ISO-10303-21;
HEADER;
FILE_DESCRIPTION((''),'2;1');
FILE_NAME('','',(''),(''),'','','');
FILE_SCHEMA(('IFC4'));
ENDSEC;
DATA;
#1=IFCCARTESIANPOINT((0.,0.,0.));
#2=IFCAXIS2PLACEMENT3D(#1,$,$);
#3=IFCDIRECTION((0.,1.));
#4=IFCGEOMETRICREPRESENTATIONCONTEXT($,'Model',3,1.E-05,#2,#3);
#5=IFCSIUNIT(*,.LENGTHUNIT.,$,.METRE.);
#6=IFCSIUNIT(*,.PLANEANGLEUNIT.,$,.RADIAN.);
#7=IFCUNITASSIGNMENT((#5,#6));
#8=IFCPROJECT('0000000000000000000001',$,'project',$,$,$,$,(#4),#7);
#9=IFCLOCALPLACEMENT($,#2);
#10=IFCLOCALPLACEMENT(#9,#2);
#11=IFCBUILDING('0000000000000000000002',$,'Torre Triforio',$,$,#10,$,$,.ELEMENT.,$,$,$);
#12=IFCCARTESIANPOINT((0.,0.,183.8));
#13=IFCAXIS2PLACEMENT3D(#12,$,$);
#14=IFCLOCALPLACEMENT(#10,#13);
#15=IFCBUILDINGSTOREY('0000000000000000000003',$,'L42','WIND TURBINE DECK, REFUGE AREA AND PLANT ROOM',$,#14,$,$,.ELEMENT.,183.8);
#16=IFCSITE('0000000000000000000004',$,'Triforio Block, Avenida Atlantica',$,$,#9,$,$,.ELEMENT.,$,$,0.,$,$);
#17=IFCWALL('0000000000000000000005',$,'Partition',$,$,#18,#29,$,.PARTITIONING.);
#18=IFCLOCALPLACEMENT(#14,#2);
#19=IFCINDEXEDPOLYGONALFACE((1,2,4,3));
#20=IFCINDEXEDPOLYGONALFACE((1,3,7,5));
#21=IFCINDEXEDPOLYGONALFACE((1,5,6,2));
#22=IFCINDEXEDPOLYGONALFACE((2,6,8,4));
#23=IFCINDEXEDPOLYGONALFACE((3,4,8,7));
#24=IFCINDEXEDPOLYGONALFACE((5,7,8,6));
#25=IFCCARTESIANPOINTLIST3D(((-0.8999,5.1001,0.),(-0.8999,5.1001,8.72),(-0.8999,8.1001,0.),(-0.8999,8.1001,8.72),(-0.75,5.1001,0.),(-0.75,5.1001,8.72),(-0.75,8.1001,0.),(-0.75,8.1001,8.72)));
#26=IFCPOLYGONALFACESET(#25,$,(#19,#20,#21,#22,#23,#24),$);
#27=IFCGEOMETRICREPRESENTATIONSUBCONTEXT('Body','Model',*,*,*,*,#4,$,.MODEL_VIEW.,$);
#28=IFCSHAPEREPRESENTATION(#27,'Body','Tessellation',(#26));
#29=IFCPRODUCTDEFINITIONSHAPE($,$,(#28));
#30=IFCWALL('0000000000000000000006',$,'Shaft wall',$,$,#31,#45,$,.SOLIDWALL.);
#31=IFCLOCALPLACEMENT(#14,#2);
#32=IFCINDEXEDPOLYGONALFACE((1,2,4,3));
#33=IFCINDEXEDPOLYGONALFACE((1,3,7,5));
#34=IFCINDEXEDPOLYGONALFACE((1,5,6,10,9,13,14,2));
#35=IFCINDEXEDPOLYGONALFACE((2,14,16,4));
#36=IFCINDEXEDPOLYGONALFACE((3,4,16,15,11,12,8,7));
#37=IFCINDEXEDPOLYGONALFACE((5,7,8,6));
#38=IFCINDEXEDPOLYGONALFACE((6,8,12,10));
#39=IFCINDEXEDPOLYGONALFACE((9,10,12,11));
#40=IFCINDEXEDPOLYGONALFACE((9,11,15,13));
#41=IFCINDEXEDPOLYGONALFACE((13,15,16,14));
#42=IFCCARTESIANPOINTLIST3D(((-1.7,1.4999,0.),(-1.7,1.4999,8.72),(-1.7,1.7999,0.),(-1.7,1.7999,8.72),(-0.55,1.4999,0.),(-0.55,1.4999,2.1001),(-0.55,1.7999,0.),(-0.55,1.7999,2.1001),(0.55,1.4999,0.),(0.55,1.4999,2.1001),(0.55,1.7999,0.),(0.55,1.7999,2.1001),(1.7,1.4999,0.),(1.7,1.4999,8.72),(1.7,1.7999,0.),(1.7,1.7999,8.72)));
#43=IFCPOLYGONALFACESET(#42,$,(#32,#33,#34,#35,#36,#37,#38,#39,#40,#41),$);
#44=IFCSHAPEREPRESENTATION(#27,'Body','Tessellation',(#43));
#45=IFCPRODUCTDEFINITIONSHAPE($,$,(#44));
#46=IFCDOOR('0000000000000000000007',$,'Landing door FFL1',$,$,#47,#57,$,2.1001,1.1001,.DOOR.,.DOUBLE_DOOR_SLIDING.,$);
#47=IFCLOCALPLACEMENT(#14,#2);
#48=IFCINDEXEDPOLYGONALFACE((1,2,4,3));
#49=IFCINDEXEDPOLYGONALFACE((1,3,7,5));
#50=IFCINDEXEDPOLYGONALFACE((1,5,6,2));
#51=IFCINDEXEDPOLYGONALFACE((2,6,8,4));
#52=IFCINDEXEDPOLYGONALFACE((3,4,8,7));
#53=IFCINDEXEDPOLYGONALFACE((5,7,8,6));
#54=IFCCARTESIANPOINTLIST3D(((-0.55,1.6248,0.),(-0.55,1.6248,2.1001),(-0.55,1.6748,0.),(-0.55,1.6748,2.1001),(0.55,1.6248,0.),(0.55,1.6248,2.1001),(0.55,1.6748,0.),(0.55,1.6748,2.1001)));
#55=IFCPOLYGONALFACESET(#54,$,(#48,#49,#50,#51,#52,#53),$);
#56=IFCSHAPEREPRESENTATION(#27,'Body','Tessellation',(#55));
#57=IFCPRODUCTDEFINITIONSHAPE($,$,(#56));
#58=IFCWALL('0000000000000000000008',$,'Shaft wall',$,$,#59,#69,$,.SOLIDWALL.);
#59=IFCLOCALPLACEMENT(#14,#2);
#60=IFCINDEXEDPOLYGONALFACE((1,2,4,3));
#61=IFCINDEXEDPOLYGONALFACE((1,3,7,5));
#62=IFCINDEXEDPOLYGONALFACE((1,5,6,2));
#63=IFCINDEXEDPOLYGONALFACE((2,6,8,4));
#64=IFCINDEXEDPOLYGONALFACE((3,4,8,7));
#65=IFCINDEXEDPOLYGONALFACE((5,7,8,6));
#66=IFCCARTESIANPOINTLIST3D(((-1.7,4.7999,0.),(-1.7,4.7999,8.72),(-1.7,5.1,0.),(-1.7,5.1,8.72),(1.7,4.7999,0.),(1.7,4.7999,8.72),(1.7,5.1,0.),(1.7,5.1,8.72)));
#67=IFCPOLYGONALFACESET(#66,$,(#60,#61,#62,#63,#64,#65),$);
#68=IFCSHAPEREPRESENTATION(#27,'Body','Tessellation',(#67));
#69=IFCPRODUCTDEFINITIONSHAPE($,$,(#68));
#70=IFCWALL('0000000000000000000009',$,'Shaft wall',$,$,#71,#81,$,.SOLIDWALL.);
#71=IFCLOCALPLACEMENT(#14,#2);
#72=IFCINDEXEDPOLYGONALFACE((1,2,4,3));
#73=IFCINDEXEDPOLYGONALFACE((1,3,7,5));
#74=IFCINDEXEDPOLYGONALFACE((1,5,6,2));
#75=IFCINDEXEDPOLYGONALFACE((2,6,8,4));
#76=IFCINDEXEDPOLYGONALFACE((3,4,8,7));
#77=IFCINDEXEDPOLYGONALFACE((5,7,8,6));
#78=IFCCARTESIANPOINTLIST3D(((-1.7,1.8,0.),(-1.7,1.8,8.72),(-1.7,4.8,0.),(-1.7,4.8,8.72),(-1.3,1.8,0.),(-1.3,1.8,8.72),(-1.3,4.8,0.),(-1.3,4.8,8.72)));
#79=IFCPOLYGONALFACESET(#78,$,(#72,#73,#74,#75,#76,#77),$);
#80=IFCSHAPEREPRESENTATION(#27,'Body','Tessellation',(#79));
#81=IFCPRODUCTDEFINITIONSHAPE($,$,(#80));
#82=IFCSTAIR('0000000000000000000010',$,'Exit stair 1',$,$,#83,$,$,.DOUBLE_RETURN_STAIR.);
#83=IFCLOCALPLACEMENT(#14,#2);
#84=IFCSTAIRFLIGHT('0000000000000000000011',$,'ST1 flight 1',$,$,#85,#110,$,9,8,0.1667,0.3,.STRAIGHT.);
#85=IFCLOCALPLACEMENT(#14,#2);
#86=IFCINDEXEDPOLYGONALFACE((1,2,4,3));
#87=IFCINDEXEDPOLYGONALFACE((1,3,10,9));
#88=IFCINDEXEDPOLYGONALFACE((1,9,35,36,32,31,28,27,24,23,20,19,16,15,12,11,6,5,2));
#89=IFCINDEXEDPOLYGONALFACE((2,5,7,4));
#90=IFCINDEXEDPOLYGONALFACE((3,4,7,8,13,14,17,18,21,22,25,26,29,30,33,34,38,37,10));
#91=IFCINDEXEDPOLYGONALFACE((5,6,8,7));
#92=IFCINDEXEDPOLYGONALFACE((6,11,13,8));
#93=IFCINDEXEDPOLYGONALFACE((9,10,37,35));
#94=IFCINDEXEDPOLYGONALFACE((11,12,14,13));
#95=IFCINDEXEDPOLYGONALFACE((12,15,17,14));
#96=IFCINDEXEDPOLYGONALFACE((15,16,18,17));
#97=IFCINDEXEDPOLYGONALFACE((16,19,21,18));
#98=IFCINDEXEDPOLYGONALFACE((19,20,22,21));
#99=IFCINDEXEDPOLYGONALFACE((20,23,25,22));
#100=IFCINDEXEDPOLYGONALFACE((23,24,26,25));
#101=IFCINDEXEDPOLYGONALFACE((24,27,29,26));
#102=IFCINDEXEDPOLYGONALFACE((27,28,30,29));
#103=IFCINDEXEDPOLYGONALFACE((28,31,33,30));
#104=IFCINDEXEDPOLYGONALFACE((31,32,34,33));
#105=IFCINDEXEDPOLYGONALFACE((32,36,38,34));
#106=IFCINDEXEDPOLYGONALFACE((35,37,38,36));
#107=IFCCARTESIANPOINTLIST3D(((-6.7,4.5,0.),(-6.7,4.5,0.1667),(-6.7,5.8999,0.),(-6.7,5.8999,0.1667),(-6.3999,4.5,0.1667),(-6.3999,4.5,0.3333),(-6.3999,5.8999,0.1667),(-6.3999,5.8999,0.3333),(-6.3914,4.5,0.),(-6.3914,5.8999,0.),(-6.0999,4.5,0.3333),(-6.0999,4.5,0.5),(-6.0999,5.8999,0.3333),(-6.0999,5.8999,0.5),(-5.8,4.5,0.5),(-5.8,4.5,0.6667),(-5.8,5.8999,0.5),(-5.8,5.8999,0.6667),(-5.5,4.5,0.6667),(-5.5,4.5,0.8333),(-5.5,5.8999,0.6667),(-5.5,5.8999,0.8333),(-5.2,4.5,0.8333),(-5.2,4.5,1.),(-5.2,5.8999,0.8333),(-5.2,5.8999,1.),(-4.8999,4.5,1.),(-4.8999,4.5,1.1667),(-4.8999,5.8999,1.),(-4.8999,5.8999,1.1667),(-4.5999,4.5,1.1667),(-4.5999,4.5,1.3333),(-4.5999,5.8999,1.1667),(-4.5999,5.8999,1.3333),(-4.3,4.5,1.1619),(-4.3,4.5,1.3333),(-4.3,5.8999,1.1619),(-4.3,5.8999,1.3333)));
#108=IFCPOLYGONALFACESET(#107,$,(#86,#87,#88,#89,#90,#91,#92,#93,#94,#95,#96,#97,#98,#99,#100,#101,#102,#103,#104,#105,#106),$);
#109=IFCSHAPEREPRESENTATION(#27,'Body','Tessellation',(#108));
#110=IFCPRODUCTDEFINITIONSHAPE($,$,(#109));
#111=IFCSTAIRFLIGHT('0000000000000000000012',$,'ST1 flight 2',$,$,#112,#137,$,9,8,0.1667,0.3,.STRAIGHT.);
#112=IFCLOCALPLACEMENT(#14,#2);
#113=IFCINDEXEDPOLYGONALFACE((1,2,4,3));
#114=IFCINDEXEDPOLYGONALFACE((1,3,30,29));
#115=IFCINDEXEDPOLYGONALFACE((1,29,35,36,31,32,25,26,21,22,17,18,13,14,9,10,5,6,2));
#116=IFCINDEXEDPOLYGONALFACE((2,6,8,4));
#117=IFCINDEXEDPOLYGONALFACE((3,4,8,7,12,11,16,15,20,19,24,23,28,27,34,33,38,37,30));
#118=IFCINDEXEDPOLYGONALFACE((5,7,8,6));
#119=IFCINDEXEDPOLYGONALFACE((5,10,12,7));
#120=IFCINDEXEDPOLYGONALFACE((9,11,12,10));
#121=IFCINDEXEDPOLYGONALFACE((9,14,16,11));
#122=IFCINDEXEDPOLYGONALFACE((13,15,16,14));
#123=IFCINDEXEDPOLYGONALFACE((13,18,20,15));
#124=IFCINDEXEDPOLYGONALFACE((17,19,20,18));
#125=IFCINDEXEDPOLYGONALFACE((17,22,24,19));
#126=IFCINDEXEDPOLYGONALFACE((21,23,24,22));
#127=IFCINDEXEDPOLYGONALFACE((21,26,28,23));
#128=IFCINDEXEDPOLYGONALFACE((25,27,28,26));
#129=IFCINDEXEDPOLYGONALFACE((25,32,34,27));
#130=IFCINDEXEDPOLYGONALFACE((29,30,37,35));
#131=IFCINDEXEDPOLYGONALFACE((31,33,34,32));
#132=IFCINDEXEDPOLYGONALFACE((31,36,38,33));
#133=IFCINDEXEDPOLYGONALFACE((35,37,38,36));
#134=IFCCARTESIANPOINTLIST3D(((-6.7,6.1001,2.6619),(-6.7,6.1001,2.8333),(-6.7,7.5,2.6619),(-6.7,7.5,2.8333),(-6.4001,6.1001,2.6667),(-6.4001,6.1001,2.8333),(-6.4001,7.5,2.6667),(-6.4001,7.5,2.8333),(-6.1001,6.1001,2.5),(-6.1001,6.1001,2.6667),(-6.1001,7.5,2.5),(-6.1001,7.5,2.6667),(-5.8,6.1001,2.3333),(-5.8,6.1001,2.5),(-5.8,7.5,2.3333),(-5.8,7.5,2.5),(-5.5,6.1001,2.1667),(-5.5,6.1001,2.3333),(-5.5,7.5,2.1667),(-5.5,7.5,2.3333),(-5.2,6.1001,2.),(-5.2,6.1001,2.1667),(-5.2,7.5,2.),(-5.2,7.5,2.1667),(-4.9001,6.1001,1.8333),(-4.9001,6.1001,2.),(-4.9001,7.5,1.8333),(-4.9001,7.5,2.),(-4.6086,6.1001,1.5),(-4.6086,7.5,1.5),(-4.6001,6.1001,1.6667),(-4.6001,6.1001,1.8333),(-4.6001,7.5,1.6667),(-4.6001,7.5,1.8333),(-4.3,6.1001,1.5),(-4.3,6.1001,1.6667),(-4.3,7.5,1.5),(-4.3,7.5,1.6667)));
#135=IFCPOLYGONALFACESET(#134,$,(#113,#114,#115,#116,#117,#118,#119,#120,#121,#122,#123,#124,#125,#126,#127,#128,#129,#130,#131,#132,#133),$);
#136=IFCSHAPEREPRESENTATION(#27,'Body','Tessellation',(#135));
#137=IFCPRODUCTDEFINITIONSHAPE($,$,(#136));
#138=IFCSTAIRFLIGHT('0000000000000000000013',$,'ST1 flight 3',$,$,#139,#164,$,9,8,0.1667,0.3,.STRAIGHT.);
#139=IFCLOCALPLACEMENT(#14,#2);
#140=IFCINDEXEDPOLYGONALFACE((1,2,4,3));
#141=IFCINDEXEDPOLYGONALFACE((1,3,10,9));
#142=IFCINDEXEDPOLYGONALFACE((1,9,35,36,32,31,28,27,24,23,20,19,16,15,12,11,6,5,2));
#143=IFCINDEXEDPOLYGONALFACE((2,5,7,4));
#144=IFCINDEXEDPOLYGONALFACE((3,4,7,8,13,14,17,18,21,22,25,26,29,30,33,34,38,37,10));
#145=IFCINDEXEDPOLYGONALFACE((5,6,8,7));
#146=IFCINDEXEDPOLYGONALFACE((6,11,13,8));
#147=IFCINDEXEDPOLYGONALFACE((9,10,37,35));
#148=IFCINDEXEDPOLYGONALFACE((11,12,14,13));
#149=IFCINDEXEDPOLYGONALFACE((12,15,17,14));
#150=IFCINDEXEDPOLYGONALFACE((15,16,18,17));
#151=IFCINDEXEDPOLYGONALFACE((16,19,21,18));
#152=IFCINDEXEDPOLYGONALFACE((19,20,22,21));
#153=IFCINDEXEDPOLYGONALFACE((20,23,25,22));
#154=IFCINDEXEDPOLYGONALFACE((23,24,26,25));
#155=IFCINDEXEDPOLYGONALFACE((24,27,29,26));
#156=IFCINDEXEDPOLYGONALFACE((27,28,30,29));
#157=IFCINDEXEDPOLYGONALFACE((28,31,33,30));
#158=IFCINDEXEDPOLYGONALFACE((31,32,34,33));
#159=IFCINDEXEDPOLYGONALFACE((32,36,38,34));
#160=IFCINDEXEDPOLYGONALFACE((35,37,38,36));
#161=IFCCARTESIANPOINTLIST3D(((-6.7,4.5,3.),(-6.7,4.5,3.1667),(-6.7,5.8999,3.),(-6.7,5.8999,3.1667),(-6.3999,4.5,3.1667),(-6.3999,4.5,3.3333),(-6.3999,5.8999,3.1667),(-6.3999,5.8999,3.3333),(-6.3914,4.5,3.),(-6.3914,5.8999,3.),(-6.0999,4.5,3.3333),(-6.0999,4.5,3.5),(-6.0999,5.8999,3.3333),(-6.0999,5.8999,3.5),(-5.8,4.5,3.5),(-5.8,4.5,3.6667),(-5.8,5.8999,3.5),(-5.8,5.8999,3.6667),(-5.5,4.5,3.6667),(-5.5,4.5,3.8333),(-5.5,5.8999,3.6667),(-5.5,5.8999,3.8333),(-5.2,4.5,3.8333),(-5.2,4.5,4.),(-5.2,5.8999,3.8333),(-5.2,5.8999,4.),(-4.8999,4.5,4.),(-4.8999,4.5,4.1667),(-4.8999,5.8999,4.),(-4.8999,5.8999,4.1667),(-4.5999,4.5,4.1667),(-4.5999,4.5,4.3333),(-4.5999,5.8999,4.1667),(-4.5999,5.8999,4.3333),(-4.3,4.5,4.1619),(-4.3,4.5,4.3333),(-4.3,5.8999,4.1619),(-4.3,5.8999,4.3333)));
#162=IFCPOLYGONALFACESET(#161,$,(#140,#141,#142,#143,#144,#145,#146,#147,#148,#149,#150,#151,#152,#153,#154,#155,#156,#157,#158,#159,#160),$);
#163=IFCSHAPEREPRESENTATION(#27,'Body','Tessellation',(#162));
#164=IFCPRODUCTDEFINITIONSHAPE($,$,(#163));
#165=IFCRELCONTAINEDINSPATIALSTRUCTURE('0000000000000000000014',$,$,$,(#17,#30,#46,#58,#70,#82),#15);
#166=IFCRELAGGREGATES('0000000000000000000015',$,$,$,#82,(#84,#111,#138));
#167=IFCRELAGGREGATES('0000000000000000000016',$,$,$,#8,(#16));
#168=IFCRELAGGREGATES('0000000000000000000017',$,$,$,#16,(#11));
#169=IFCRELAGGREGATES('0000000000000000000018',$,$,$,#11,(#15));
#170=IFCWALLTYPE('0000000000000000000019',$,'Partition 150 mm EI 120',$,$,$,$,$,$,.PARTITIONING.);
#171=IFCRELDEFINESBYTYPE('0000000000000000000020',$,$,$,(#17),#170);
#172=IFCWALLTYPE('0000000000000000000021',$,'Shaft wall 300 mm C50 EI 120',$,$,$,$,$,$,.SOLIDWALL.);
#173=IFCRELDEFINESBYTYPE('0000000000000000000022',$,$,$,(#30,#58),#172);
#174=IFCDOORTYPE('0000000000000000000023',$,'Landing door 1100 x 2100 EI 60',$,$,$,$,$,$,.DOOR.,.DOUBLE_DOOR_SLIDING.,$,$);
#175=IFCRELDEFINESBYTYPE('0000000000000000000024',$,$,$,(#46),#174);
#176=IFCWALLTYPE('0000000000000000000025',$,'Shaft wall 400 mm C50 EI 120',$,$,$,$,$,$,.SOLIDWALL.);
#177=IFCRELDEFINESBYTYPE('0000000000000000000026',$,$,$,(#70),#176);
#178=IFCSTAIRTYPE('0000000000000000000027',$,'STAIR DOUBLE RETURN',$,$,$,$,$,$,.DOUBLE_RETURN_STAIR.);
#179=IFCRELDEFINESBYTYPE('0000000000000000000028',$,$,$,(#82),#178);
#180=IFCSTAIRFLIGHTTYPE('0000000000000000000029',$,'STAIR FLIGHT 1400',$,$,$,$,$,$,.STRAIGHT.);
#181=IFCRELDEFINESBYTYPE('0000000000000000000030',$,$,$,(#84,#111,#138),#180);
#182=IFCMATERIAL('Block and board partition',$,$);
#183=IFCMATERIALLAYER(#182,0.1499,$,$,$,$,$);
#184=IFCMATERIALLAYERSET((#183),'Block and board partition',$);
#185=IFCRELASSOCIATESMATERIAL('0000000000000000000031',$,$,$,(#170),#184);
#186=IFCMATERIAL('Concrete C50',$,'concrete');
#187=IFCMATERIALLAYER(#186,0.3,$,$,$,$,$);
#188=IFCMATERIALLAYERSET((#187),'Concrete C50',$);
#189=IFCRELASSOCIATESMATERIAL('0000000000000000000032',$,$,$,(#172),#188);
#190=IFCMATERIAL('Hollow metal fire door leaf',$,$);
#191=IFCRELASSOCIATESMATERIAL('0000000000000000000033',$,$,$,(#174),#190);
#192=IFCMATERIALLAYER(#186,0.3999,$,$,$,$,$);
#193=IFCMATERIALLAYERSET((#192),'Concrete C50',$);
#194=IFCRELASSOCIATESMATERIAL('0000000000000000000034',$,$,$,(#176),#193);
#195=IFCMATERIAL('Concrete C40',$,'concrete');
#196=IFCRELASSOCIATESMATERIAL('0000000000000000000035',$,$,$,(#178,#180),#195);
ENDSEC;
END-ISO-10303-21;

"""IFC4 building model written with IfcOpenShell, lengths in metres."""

from ifc_helpers import new_model, si_unit, direction, frame, frame_2d, origin, place, context, subcontext, project, spatial, polyline, rectangle, outline, extrude, material, layer, layer_set, type_object, element, fill, aggregate, save


model = new_model("IFC4")

# Units and contexts
model_context = context("Model", 3, precision=1e-05, world=origin(), true_north=direction((0.0, 1.0)))
body_context = subcontext(model_context, "Body", "Model", "MODEL_VIEW")
ifc_project = project(units=[si_unit("LENGTHUNIT", "METRE"), si_unit("PLANEANGLEUNIT", "RADIAN")], contexts=[model_context])

# Site, building, storey
site_placement = place(None, origin())
site = spatial("IfcSite", under=ifc_project, at=site_placement, Name="Triforio Block, Avenida Atlantica", CompositionType="ELEMENT", RefElevation=0.0)
building_placement = place(site_placement, origin())
building = spatial("IfcBuilding", under=site, at=building_placement, Name="Torre Triforio", CompositionType="ELEMENT")
storey_placement = place(building_placement, frame((0.0, 0.0, 183.8)))
storey = spatial("IfcBuildingStorey", under=building, at=storey_placement, Name="L42", Description="WIND TURBINE DECK, REFUGE AREA AND PLANT ROOM", CompositionType="ELEMENT", Elevation=183.8)

# Shared definitions
ifc_material_1 = material(Name="Concrete C40", Category="concrete")

# Wall
ifc_material_2 = material(Name="Concrete C50", Category="concrete")
ifc_material_3 = material(Name="Block and board partition")
ifc_layer_1 = layer(ifc_material_3, 0.1499)
ifc_layer_set_1 = layer_set([ifc_layer_1], Name="Block and board partition")
wall_type_1 = type_object("IfcWallType", Name="Partition 150 mm EI 120", PredefinedType="PARTITIONING", material=ifc_layer_set_1)
wall_1_placement = place(storey_placement, frame((-0.825, 5.1001, 0.0), z_axis=(0.0, 0.0, 1.0), x_axis=(0.0, 1.0, 0.0)))
element("IfcWall", 1, at=wall_1_placement, inside=storey, type_object=wall_type_1, Name="Partition", PredefinedType="PARTITIONING", context=body_context, shape_type="SweptSolid", body=[
    extrude(rectangle(XDim=3.0, YDim=0.1499, at=frame_2d((1.5, 0.0))), origin(), (0.0, 0.0, 1.0), 8.72),
])

# Wall, opening, door
ifc_layer_2 = layer(ifc_material_2, 0.3)
ifc_layer_set_2 = layer_set([ifc_layer_2], Name="Concrete C50")
wall_type_2 = type_object("IfcWallType", Name="Shaft wall 300 mm C50 EI 120", PredefinedType="SOLIDWALL", material=ifc_layer_set_2)
wall_2_placement = place(storey_placement, frame((-1.7, 1.6499, 0.0), z_axis=(0.0, 0.0, 1.0), x_axis=(1.0, 0.0, 0.0)))
wall_2 = element("IfcWall", 2, at=wall_2_placement, inside=storey, type_object=wall_type_2, Name="Shaft wall", PredefinedType="SOLIDWALL", context=body_context, shape_type="SweptSolid", body=[
    extrude(rectangle(XDim=3.3999, YDim=0.3, at=frame_2d((1.7, 0.0))), origin(), (0.0, 0.0, 1.0), 8.72),
])
opening_placement = place(wall_2_placement, frame((1.1499, 0.0, 0.0)))
opening = element("IfcOpeningElement", 3, at=opening_placement, cuts=wall_2, PredefinedType="OPENING", context=body_context, shape_type="SweptSolid", body=[
    extrude(rectangle(XDim=1.1001, YDim=2.1001, at=frame_2d((0.55, 1.05))), frame((0.0, 0.1599, 0.0), z_axis=(0.0, -1.0, 0.0), x_axis=(1.0, 0.0, 0.0)), (0.0, 0.0, 1.0), 0.3201),
])
ifc_material_4 = material(Name="Hollow metal fire door leaf")
door_type = type_object("IfcDoorType", Name="Landing door 1100 x 2100 EI 60", OperationType="DOUBLE_DOOR_SLIDING", PredefinedType="DOOR", material=ifc_material_4)
door_placement = place(opening_placement, origin())
door = element("IfcDoor", 4, at=door_placement, inside=storey, type_object=door_type, Name="Landing door FFL1", OperationType="DOUBLE_DOOR_SLIDING", OverallHeight=2.1001, OverallWidth=1.1001, PredefinedType="DOOR", context=body_context, shape_type="SweptSolid", body=[
    extrude(rectangle(XDim=1.1001, YDim=2.1001, at=frame_2d((0.55, 1.05))), frame((0.0, 0.0249, 0.0), z_axis=(0.0, -1.0, 0.0), x_axis=(1.0, 0.0, 0.0)), (0.0, 0.0, 1.0), 0.05),
])
fill(opening, door)

# Walls
wall_3_placement = place(storey_placement, frame((-1.7, 4.95, 0.0), z_axis=(0.0, 0.0, 1.0), x_axis=(1.0, 0.0, 0.0)))
element("IfcWall", 5, at=wall_3_placement, inside=storey, type_object=wall_type_2, Name="Shaft wall", PredefinedType="SOLIDWALL", context=body_context, shape_type="SweptSolid", body=[
    extrude(rectangle(XDim=3.3999, YDim=0.3, at=frame_2d((1.7, 0.0))), origin(), (0.0, 0.0, 1.0), 8.72),
])
ifc_layer_3 = layer(ifc_material_2, 0.3999)
ifc_layer_set_3 = layer_set([ifc_layer_3], Name="Concrete C50")
wall_type_3 = type_object("IfcWallType", Name="Shaft wall 400 mm C50 EI 120", PredefinedType="SOLIDWALL", material=ifc_layer_set_3)
wall_4_placement = place(storey_placement, frame((-1.5, 1.8, 0.0), z_axis=(0.0, 0.0, 1.0), x_axis=(0.0, 1.0, 0.0)))
element("IfcWall", 6, at=wall_4_placement, inside=storey, type_object=wall_type_3, Name="Shaft wall", PredefinedType="SOLIDWALL", context=body_context, shape_type="SweptSolid", body=[
    extrude(rectangle(XDim=3.0, YDim=0.3999, at=frame_2d((1.5, 0.0))), origin(), (0.0, 0.0, 1.0), 8.72),
])

# Stair, stair flights
stair_type = type_object("IfcStairType", Name="STAIR DOUBLE RETURN", PredefinedType="DOUBLE_RETURN_STAIR", material=ifc_material_1)
stair_placement = place(storey_placement, origin())
stair = element("IfcStair", 7, at=stair_placement, inside=storey, type_object=stair_type, Name="Exit stair 1", PredefinedType="DOUBLE_RETURN_STAIR")
stair_flight_type = type_object("IfcStairFlightType", Name="STAIR FLIGHT 1400", PredefinedType="STRAIGHT", material=ifc_material_1)
stair_flight_1_placement = place(storey_placement, frame((-6.7, 5.2, 0.0), z_axis=(0.0, 0.0, 1.0), x_axis=(1.0, 0.0, 0.0)))
stair_flight_1 = element("IfcStairFlight", 8, at=stair_flight_1_placement, type_object=stair_flight_type, Name="ST1 flight 1", NumberOfRisers=9, NumberOfTreads=8, PredefinedType="STRAIGHT", RiserHeight=0.1667, TreadLength=0.3, context=body_context, shape_type="SweptSolid", body=[
    extrude(outline(polyline([(0.0, 0.0), (0.0, 0.1667), (0.3, 0.1667), (0.3, 0.3333), (0.6001, 0.3333), (0.6001, 0.5), (0.8999, 0.5), (0.8999, 0.6667), (1.2, 0.6667), (1.2, 0.8333), (1.5, 0.8333), (1.5, 1.0), (1.8, 1.0), (1.8, 1.1667), (2.1001, 1.1667), (2.1001, 1.3333), (2.3999, 1.3333), (2.3999, 1.5), (2.3999, 1.1619), (0.3086, 0.0), (0.0, 0.0)])), frame((0.0, 0.7, 0.0), z_axis=(0.0, -1.0, 0.0), x_axis=(1.0, 0.0, 0.0)), (0.0, 0.0, 1.0), 1.3999),
])
stair_flight_2_placement = place(storey_placement, frame((-4.3, 6.8, 1.5), z_axis=(0.0, 0.0, 1.0), x_axis=(-1.0, 0.0, 0.0)))
stair_flight_2 = element("IfcStairFlight", 9, at=stair_flight_2_placement, type_object=stair_flight_type, Name="ST1 flight 2", NumberOfRisers=9, NumberOfTreads=8, PredefinedType="STRAIGHT", RiserHeight=0.1667, TreadLength=0.3, context=body_context, shape_type="SweptSolid", body=[
    extrude(outline(polyline([(0.0, 0.0), (0.0, 0.1667), (0.3, 0.1667), (0.3, 0.3333), (0.6001, 0.3333), (0.6001, 0.5), (0.8999, 0.5), (0.8999, 0.6667), (1.2, 0.6667), (1.2, 0.8333), (1.5, 0.8333), (1.5, 1.0), (1.8, 1.0), (1.8, 1.1667), (2.1001, 1.1667), (2.1001, 1.3333), (2.3999, 1.3333), (2.3999, 1.5), (2.3999, 1.1619), (0.3086, 0.0), (0.0, 0.0)])), frame((0.0, 0.7, 0.0), z_axis=(0.0, -1.0, 0.0), x_axis=(1.0, 0.0, 0.0)), (0.0, 0.0, 1.0), 1.3999),
])
stair_flight_3_placement = place(storey_placement, frame((-6.7, 5.2, 3.0), z_axis=(0.0, 0.0, 1.0), x_axis=(1.0, 0.0, 0.0)))
stair_flight_3 = element("IfcStairFlight", 10, at=stair_flight_3_placement, type_object=stair_flight_type, Name="ST1 flight 3", NumberOfRisers=9, NumberOfTreads=8, PredefinedType="STRAIGHT", RiserHeight=0.1667, TreadLength=0.3, context=body_context, shape_type="SweptSolid", body=[
    extrude(outline(polyline([(0.0, 0.0), (0.0, 0.1667), (0.3, 0.1667), (0.3, 0.3333), (0.6001, 0.3333), (0.6001, 0.5), (0.8999, 0.5), (0.8999, 0.6667), (1.2, 0.6667), (1.2, 0.8333), (1.5, 0.8333), (1.5, 1.0), (1.8, 1.0), (1.8, 1.1667), (2.1001, 1.1667), (2.1001, 1.3333), (2.3999, 1.3333), (2.3999, 1.5), (2.3999, 1.1619), (0.3086, 0.0), (0.0, 0.0)])), frame((0.0, 0.7, 0.0), z_axis=(0.0, -1.0, 0.0), x_axis=(1.0, 0.0, 0.0)), (0.0, 0.0, 1.0), 1.3999),
])
aggregate(stair, [stair_flight_1, stair_flight_2, stair_flight_3])

save(model, "model.ifc")
